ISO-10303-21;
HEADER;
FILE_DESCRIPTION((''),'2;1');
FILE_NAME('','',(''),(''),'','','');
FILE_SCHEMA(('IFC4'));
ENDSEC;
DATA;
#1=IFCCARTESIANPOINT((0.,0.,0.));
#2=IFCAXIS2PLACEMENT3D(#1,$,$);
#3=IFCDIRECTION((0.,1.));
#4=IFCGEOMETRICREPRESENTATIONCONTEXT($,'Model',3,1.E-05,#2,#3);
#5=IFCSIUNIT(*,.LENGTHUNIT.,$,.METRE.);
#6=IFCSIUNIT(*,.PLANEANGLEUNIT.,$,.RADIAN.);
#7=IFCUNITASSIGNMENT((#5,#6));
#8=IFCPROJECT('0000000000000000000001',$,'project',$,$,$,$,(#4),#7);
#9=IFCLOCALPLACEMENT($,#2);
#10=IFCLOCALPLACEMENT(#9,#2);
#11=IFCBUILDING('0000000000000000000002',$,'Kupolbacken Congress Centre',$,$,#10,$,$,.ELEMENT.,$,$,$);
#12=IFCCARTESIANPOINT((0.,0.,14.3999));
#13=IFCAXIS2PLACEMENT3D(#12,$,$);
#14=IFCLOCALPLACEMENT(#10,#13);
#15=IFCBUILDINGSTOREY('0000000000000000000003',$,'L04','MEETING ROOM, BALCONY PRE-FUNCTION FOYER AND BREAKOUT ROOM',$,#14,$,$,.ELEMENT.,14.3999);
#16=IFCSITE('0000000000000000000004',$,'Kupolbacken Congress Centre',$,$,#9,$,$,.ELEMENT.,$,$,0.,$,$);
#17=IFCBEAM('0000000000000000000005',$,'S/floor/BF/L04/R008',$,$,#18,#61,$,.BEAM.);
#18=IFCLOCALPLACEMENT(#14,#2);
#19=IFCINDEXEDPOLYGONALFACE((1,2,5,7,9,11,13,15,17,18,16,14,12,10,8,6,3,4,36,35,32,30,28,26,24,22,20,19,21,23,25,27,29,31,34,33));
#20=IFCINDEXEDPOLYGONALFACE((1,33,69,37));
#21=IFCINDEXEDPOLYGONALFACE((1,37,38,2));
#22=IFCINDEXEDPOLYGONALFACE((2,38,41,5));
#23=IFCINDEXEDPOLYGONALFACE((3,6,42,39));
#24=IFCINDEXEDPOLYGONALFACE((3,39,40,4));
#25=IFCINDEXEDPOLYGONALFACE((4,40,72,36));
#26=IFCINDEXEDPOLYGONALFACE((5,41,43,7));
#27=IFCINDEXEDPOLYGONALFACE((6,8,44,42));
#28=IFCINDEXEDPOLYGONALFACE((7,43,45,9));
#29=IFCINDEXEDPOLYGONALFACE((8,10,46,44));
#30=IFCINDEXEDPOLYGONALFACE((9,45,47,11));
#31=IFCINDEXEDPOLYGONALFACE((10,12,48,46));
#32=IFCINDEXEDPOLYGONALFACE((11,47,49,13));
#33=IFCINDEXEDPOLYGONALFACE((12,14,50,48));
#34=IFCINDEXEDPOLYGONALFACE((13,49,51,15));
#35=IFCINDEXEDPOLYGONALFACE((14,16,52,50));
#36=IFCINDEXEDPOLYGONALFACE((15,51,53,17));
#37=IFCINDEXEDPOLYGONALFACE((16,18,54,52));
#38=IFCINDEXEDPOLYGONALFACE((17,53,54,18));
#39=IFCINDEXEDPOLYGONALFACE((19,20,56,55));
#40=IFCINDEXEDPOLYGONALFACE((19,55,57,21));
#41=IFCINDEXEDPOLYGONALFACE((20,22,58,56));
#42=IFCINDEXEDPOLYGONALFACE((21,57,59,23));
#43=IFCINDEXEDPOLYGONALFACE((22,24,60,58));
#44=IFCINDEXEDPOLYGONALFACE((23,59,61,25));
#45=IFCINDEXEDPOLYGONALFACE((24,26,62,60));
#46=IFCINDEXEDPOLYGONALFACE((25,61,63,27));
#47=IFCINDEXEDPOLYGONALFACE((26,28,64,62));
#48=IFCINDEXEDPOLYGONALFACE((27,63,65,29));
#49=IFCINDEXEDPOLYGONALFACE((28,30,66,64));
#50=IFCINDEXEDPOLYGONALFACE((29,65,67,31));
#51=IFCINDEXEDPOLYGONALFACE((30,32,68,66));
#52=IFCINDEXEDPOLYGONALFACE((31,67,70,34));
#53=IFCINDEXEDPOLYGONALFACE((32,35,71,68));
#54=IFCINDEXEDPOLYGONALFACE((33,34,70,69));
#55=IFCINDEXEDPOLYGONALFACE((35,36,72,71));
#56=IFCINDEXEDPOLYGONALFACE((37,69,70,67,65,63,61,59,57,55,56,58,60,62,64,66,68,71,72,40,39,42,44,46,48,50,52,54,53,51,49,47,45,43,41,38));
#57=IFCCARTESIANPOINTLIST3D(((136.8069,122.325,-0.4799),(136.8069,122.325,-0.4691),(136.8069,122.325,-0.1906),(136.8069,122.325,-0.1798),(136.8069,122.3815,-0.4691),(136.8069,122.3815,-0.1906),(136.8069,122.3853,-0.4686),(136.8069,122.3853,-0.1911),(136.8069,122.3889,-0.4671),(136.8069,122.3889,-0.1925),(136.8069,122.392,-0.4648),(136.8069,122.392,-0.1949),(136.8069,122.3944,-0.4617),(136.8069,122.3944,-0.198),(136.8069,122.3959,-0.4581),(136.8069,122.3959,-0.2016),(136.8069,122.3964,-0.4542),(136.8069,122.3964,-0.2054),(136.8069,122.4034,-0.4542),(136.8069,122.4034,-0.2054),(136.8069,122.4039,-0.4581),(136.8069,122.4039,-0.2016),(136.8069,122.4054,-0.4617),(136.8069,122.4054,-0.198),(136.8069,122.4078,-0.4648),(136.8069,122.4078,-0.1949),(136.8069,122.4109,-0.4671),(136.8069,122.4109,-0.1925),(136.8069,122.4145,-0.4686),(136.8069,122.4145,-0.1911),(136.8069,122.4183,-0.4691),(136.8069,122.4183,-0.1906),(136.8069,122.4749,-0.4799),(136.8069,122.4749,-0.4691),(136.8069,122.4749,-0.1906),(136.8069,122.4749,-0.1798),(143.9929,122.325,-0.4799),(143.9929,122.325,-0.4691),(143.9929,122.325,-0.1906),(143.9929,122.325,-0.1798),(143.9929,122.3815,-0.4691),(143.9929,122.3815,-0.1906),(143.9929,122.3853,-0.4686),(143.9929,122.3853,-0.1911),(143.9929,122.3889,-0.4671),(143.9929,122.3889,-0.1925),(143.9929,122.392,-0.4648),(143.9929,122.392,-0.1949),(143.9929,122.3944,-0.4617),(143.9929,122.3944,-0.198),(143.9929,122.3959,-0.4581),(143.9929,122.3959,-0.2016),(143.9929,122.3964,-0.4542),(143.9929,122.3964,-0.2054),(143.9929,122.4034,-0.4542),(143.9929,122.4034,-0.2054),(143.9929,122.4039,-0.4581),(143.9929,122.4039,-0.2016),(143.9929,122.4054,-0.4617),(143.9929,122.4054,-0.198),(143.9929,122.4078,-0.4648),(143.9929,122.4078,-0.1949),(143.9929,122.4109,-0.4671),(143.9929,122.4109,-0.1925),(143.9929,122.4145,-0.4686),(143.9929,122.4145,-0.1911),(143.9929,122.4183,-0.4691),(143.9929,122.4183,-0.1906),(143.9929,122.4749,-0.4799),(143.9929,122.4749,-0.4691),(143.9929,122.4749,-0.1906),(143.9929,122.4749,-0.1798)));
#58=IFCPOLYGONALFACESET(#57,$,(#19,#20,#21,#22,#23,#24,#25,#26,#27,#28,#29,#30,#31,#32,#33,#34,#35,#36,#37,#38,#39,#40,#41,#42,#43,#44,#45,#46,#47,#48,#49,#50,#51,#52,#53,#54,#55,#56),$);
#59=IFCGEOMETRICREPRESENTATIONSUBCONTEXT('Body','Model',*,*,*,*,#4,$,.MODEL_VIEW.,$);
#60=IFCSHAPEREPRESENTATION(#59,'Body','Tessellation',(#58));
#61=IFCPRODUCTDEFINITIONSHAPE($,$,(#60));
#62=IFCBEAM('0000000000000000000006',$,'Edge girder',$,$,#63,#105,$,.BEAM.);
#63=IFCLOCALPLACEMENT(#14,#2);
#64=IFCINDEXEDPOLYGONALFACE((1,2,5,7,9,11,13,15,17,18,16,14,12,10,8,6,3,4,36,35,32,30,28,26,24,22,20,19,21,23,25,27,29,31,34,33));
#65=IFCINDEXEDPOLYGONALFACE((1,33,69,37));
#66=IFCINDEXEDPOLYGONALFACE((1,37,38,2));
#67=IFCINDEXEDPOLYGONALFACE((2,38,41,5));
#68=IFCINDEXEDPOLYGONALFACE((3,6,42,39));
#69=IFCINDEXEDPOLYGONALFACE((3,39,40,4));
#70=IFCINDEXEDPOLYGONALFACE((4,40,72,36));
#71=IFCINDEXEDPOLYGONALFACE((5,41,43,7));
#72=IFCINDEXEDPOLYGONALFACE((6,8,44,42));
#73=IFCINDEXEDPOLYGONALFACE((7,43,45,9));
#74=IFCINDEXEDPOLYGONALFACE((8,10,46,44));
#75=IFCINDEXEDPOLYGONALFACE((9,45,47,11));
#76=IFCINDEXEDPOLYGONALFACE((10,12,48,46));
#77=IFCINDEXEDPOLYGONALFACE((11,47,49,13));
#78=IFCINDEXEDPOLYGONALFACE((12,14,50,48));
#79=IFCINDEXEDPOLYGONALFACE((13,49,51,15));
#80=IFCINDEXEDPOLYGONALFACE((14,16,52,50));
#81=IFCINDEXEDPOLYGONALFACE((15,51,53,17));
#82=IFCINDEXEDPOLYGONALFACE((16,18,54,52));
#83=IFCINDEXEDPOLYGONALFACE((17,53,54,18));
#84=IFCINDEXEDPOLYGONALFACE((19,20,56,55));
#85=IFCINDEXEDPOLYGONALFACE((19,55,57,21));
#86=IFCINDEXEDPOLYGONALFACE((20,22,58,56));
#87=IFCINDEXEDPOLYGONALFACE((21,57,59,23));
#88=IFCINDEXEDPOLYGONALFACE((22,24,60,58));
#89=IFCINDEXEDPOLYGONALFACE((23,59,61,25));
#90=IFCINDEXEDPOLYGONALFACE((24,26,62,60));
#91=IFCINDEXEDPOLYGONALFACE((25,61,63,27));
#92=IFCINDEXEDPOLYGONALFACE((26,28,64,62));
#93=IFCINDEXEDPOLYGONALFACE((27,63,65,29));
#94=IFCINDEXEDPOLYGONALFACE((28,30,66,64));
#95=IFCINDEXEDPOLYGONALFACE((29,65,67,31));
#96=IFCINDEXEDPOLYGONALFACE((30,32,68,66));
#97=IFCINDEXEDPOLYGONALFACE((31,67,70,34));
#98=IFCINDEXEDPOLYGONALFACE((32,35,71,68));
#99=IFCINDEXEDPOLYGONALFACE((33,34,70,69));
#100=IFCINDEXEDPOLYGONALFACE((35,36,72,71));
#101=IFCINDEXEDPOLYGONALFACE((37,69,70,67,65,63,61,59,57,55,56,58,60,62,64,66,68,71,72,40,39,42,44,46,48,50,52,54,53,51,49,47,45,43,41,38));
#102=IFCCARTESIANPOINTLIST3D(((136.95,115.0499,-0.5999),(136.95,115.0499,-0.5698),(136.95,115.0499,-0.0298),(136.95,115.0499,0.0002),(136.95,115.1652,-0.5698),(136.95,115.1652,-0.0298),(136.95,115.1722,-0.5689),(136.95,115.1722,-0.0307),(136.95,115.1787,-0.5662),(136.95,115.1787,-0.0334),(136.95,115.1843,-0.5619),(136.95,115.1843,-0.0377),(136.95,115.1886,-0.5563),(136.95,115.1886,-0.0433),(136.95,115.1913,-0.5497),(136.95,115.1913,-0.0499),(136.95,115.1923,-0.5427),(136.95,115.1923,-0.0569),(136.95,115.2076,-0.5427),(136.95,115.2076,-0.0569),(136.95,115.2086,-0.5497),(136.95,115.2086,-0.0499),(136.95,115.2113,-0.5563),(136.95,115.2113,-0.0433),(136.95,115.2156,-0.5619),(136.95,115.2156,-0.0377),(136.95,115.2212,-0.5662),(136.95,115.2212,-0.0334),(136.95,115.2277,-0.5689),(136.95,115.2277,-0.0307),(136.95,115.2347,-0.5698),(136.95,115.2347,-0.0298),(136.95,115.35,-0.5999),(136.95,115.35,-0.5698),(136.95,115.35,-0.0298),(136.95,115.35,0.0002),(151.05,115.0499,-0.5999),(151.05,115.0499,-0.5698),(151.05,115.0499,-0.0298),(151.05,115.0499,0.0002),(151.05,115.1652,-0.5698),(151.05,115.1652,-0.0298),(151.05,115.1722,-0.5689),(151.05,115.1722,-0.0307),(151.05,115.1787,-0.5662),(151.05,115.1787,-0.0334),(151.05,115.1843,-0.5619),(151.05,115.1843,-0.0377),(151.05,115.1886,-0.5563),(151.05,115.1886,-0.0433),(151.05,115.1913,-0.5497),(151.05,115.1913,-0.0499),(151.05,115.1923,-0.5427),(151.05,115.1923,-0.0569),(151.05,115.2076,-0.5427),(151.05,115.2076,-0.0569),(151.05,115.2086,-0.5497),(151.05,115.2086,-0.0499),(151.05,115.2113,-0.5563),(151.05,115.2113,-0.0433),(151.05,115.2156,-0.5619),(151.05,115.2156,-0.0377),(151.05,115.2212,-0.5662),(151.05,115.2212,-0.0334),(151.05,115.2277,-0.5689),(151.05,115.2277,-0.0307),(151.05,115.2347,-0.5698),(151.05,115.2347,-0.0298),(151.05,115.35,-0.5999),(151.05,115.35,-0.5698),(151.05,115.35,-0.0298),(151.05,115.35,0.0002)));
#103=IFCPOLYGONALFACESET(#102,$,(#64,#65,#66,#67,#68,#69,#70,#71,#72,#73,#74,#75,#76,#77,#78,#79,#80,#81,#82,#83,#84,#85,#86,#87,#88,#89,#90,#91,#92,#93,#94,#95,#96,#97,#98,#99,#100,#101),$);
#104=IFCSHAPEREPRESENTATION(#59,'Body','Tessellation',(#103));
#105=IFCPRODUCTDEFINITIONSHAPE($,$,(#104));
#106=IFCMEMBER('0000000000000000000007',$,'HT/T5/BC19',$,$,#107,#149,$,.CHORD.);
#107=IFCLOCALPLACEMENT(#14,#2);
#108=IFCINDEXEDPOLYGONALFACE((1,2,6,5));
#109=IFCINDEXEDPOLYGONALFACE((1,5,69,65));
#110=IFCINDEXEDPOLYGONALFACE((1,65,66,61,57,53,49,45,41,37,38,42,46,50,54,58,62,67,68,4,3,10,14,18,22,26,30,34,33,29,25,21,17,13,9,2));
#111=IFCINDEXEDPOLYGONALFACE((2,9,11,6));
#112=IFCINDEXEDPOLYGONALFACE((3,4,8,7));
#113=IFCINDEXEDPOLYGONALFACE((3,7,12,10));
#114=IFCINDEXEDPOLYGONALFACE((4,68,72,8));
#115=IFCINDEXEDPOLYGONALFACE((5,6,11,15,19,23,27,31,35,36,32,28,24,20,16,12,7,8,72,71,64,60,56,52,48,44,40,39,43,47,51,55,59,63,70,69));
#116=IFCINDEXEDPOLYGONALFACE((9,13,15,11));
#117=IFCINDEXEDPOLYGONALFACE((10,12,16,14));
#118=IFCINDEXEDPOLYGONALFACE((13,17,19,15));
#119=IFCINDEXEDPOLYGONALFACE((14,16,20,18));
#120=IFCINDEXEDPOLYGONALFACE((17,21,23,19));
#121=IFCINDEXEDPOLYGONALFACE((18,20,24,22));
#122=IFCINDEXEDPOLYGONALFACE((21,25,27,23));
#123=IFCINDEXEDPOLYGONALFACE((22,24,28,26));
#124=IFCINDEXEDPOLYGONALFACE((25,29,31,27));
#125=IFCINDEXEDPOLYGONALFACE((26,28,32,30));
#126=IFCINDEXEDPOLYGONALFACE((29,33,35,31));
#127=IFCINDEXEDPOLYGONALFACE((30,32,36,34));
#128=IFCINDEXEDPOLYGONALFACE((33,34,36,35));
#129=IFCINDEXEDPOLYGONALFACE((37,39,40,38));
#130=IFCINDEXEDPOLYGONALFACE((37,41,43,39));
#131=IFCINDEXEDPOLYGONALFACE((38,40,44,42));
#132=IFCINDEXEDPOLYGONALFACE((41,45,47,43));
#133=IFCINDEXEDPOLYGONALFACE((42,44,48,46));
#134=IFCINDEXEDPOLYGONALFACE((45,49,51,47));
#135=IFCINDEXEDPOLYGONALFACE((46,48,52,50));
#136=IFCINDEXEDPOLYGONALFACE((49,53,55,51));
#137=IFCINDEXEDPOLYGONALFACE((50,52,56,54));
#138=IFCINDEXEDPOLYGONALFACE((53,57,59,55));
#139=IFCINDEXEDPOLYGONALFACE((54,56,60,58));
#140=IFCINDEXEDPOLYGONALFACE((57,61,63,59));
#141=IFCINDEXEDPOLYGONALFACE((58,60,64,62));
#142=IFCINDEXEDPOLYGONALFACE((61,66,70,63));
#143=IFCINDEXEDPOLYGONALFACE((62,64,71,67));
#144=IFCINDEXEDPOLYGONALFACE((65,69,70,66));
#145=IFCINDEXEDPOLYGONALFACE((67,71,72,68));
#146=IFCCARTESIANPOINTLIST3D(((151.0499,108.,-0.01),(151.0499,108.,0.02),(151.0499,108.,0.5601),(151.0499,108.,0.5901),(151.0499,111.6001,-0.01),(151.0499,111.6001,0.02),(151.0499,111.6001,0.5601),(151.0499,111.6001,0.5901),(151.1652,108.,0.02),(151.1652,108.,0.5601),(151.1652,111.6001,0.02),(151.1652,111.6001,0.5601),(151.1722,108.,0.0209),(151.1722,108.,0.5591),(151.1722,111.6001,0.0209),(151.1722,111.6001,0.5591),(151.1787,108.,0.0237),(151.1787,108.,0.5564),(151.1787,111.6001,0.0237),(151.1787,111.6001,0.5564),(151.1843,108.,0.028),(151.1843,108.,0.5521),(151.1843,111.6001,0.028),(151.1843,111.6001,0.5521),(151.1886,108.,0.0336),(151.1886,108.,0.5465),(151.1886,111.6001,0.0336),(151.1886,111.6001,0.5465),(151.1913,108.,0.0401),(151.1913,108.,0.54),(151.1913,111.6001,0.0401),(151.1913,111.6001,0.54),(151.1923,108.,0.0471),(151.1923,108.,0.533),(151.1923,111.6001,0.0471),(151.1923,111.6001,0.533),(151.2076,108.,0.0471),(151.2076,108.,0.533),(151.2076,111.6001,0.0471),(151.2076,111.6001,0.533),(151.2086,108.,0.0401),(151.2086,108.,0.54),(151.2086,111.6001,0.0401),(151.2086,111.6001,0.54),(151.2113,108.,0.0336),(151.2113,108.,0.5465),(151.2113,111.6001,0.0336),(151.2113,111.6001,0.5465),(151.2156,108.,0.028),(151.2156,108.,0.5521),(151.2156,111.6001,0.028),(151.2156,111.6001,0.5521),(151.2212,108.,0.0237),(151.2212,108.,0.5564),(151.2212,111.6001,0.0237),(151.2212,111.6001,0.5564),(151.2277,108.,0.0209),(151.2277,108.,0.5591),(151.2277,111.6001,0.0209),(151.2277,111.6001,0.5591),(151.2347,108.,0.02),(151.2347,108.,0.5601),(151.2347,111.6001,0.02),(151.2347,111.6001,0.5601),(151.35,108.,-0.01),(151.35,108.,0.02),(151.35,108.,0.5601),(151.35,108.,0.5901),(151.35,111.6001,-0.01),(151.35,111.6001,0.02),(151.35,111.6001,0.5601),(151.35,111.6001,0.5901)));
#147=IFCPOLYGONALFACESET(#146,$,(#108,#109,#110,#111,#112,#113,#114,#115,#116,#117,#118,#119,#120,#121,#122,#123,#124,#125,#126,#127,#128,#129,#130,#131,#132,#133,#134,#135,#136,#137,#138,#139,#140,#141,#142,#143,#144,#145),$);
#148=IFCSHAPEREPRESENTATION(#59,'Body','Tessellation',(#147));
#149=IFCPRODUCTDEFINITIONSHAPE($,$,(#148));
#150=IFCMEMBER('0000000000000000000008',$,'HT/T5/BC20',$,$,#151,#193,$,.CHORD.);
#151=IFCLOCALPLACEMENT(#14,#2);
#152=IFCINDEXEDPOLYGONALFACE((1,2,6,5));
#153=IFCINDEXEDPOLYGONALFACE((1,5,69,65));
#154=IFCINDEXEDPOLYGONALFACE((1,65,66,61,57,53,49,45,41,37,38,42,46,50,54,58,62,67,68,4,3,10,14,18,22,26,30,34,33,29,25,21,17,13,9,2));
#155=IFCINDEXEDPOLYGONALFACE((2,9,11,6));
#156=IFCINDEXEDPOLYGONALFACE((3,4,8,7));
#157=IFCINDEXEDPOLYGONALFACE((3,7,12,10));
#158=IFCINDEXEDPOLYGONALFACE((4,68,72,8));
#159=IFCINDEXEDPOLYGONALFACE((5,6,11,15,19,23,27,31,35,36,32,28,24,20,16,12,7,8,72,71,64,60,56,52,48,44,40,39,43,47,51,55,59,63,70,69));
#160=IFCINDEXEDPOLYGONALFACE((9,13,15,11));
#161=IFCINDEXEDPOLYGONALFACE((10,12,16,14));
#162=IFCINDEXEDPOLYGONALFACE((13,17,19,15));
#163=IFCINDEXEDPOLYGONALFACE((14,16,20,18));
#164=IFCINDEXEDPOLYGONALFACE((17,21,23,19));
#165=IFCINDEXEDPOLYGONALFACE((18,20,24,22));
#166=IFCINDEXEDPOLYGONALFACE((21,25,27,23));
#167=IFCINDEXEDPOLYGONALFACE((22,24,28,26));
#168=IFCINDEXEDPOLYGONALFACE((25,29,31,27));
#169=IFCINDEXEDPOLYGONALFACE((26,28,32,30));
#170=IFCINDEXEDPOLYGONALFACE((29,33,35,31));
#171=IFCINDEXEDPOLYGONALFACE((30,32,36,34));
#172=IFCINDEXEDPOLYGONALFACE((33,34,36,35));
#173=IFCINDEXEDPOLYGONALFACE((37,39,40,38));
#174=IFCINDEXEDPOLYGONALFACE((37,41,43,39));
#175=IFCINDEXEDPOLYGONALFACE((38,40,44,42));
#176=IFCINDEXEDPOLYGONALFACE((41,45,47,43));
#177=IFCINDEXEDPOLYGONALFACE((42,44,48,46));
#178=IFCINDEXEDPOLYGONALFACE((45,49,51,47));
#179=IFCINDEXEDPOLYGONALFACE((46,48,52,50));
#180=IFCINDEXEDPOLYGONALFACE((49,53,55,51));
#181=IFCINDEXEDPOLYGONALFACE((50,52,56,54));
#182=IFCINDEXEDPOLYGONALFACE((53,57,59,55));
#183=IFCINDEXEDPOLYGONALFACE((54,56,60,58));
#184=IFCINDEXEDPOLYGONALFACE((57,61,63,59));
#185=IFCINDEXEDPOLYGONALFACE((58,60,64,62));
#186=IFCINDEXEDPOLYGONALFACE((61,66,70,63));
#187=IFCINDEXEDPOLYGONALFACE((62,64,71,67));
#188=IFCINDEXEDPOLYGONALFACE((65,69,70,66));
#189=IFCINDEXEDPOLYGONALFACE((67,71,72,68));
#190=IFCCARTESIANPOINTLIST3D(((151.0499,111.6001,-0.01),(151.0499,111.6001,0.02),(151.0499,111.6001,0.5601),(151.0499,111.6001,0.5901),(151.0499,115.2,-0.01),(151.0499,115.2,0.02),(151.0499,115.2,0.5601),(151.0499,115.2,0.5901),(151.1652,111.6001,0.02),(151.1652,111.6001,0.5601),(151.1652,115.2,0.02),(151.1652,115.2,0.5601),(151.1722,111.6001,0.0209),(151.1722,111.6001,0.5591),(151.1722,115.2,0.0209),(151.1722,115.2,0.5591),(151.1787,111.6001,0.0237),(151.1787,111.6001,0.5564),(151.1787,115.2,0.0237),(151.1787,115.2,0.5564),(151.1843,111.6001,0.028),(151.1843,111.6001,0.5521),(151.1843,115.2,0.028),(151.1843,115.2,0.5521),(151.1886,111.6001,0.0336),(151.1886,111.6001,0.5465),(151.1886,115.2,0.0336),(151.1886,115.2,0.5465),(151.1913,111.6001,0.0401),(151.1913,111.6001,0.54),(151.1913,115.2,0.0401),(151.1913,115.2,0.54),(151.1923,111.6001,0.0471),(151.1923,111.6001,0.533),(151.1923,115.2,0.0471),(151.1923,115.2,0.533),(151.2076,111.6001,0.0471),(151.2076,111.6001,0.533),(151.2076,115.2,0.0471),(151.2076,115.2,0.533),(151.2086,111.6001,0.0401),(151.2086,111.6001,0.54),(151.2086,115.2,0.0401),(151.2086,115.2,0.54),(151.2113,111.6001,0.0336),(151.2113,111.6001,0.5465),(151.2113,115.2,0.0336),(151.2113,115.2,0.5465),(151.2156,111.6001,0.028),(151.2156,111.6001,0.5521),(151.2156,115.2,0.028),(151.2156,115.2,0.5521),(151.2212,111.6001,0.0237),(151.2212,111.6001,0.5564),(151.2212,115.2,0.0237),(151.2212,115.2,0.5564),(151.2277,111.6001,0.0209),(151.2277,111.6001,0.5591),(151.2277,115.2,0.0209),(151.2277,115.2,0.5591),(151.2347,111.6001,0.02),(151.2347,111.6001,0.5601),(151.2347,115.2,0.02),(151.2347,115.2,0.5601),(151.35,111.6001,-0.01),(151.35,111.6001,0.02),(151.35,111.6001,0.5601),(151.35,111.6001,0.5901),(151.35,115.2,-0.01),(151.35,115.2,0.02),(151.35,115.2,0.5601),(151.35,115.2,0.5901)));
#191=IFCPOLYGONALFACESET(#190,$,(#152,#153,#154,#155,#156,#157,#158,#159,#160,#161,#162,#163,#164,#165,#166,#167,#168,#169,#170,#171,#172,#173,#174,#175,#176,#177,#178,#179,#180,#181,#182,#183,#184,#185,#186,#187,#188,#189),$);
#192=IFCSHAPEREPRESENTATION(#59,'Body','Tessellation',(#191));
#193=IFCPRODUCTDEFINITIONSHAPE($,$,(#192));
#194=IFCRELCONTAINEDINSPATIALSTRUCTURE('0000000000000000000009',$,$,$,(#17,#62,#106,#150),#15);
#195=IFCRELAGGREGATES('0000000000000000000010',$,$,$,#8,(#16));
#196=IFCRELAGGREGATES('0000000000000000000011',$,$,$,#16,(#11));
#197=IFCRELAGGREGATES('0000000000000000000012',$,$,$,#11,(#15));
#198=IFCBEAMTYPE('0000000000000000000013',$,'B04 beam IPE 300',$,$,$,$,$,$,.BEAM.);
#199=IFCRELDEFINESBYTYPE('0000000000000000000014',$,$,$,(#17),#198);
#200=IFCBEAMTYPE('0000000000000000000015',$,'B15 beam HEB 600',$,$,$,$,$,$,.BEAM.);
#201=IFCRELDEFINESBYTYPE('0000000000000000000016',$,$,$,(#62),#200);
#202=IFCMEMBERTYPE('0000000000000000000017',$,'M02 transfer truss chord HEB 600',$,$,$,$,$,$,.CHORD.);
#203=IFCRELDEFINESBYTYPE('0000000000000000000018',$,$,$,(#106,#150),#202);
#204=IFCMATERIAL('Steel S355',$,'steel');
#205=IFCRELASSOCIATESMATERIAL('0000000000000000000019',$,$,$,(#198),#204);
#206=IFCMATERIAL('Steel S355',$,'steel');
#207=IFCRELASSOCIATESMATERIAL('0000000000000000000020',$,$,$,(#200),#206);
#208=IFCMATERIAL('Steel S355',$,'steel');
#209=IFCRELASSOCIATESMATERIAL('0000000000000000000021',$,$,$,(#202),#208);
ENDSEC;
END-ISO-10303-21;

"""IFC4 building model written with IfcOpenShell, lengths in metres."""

from ifc_helpers import new_model, si_unit, direction, frame, origin, origin_2d, place, context, subcontext, project, spatial, i_section, extrude, material, material_profile, profile_set, type_object, element, save


model = new_model("IFC4")

# Units and contexts
model_context = context("Model", 3, precision=1e-05, world=origin(), true_north=direction((0.0, 1.0)))
body_context = subcontext(model_context, "Body", "Model", "MODEL_VIEW")
ifc_project = project(units=[si_unit("LENGTHUNIT", "METRE"), si_unit("PLANEANGLEUNIT", "RADIAN")], contexts=[model_context])

# Site, building, storey
site_placement = place(None, origin())
site = spatial("IfcSite", under=ifc_project, at=site_placement, Name="Kupolbacken Congress Centre", CompositionType="ELEMENT", RefElevation=0.0)
building_placement = place(site_placement, origin())
building = spatial("IfcBuilding", under=site, at=building_placement, Name="Kupolbacken Congress Centre", CompositionType="ELEMENT")
storey_placement = place(building_placement, frame((0.0, 0.0, 14.3999)))
storey = spatial("IfcBuildingStorey", under=building, at=storey_placement, Name="L04", Description="MEETING ROOM, BALCONY PRE-FUNCTION FOYER AND BREAKOUT ROOM", CompositionType="ELEMENT", Elevation=14.3999)

# Beams
ifc_material_1 = material(Name="Steel S355", Category="steel")
ifc_material_profile_1 = material_profile(ifc_material_1, i_section(OverallWidth=0.1499, OverallDepth=0.3, WebThickness=0.0071, FlangeThickness=0.0107, FilletRadius=0.0149, at=origin_2d()), Name="IPE 300")
ifc_profile_set_1 = profile_set([ifc_material_profile_1], Name="Steel S355")
beam_type_1 = type_object("IfcBeamType", Name="B04 beam IPE 300", PredefinedType="BEAM", material=ifc_profile_set_1)
beam_1_placement = place(storey_placement, frame((136.8069, 122.3999, -0.3298), z_axis=(1.0, 0.0, 0.0), x_axis=(0.0, 1.0, 0.0)))
element("IfcBeam", 1, at=beam_1_placement, inside=storey, type_object=beam_type_1, Name="S/floor/BF/L04/R008", PredefinedType="BEAM", context=body_context, shape_type="SweptSolid", body=[
    extrude(i_section(OverallWidth=0.1499, OverallDepth=0.3, WebThickness=0.0071, FlangeThickness=0.0107, FilletRadius=0.0149, at=origin_2d()), origin(), (0.0, 0.0, 1.0), 7.186),
])
ifc_material_2 = material(Name="Steel S355", Category="steel")
ifc_material_profile_2 = material_profile(ifc_material_2, i_section(OverallWidth=0.3, OverallDepth=0.6001, WebThickness=0.0154, FlangeThickness=0.03, FilletRadius=0.0271, at=origin_2d()), Name="HEB 600")
ifc_profile_set_2 = profile_set([ifc_material_profile_2], Name="Steel S355")
beam_type_2 = type_object("IfcBeamType", Name="B15 beam HEB 600", PredefinedType="BEAM", material=ifc_profile_set_2)
beam_2_placement = place(storey_placement, frame((136.95, 115.2, -0.2998), z_axis=(1.0, 0.0, 0.0), x_axis=(0.0, 1.0, 0.0)))
element("IfcBeam", 2, at=beam_2_placement, inside=storey, type_object=beam_type_2, Name="Edge girder", PredefinedType="BEAM", context=body_context, shape_type="SweptSolid", body=[
    extrude(i_section(OverallWidth=0.3, OverallDepth=0.6001, WebThickness=0.0154, FlangeThickness=0.03, FilletRadius=0.0271, at=origin_2d()), origin(), (0.0, 0.0, 1.0), 14.1001),
])

# Members
ifc_material_3 = material(Name="Steel S355", Category="steel")
ifc_material_profile_3 = material_profile(ifc_material_3, i_section(OverallWidth=0.3, OverallDepth=0.6001, WebThickness=0.0154, FlangeThickness=0.03, FilletRadius=0.0271, at=origin_2d()), Name="HEB 600")
ifc_profile_set_3 = profile_set([ifc_material_profile_3], Name="Steel S355")
member_type_1 = type_object("IfcMemberType", Name="M02 transfer truss chord HEB 600", PredefinedType="CHORD", material=ifc_profile_set_3)
member_1_placement = place(storey_placement, frame((151.2, 108.0, 0.29), z_axis=(0.0, 1.0, 0.0), x_axis=(-1.0, 0.0, 0.0)))
element("IfcMember", 3, at=member_1_placement, inside=storey, type_object=member_type_1, Name="HT/T5/BC19", PredefinedType="CHORD", context=body_context, shape_type="SweptSolid", body=[
    extrude(i_section(OverallWidth=0.3, OverallDepth=0.6001, WebThickness=0.0154, FlangeThickness=0.03, FilletRadius=0.0271, at=origin_2d()), origin(), (0.0, 0.0, 1.0), 3.6001),
])
member_2_placement = place(storey_placement, frame((151.2, 111.6001, 0.29), z_axis=(0.0, 1.0, 0.0), x_axis=(-1.0, 0.0, 0.0)))
element("IfcMember", 4, at=member_2_placement, inside=storey, type_object=member_type_1, Name="HT/T5/BC20", PredefinedType="CHORD", context=body_context, shape_type="SweptSolid", body=[
    extrude(i_section(OverallWidth=0.3, OverallDepth=0.6001, WebThickness=0.0154, FlangeThickness=0.03, FilletRadius=0.0271, at=origin_2d()), origin(), (0.0, 0.0, 1.0), 3.5999),
])

save(model, "model.ifc")
